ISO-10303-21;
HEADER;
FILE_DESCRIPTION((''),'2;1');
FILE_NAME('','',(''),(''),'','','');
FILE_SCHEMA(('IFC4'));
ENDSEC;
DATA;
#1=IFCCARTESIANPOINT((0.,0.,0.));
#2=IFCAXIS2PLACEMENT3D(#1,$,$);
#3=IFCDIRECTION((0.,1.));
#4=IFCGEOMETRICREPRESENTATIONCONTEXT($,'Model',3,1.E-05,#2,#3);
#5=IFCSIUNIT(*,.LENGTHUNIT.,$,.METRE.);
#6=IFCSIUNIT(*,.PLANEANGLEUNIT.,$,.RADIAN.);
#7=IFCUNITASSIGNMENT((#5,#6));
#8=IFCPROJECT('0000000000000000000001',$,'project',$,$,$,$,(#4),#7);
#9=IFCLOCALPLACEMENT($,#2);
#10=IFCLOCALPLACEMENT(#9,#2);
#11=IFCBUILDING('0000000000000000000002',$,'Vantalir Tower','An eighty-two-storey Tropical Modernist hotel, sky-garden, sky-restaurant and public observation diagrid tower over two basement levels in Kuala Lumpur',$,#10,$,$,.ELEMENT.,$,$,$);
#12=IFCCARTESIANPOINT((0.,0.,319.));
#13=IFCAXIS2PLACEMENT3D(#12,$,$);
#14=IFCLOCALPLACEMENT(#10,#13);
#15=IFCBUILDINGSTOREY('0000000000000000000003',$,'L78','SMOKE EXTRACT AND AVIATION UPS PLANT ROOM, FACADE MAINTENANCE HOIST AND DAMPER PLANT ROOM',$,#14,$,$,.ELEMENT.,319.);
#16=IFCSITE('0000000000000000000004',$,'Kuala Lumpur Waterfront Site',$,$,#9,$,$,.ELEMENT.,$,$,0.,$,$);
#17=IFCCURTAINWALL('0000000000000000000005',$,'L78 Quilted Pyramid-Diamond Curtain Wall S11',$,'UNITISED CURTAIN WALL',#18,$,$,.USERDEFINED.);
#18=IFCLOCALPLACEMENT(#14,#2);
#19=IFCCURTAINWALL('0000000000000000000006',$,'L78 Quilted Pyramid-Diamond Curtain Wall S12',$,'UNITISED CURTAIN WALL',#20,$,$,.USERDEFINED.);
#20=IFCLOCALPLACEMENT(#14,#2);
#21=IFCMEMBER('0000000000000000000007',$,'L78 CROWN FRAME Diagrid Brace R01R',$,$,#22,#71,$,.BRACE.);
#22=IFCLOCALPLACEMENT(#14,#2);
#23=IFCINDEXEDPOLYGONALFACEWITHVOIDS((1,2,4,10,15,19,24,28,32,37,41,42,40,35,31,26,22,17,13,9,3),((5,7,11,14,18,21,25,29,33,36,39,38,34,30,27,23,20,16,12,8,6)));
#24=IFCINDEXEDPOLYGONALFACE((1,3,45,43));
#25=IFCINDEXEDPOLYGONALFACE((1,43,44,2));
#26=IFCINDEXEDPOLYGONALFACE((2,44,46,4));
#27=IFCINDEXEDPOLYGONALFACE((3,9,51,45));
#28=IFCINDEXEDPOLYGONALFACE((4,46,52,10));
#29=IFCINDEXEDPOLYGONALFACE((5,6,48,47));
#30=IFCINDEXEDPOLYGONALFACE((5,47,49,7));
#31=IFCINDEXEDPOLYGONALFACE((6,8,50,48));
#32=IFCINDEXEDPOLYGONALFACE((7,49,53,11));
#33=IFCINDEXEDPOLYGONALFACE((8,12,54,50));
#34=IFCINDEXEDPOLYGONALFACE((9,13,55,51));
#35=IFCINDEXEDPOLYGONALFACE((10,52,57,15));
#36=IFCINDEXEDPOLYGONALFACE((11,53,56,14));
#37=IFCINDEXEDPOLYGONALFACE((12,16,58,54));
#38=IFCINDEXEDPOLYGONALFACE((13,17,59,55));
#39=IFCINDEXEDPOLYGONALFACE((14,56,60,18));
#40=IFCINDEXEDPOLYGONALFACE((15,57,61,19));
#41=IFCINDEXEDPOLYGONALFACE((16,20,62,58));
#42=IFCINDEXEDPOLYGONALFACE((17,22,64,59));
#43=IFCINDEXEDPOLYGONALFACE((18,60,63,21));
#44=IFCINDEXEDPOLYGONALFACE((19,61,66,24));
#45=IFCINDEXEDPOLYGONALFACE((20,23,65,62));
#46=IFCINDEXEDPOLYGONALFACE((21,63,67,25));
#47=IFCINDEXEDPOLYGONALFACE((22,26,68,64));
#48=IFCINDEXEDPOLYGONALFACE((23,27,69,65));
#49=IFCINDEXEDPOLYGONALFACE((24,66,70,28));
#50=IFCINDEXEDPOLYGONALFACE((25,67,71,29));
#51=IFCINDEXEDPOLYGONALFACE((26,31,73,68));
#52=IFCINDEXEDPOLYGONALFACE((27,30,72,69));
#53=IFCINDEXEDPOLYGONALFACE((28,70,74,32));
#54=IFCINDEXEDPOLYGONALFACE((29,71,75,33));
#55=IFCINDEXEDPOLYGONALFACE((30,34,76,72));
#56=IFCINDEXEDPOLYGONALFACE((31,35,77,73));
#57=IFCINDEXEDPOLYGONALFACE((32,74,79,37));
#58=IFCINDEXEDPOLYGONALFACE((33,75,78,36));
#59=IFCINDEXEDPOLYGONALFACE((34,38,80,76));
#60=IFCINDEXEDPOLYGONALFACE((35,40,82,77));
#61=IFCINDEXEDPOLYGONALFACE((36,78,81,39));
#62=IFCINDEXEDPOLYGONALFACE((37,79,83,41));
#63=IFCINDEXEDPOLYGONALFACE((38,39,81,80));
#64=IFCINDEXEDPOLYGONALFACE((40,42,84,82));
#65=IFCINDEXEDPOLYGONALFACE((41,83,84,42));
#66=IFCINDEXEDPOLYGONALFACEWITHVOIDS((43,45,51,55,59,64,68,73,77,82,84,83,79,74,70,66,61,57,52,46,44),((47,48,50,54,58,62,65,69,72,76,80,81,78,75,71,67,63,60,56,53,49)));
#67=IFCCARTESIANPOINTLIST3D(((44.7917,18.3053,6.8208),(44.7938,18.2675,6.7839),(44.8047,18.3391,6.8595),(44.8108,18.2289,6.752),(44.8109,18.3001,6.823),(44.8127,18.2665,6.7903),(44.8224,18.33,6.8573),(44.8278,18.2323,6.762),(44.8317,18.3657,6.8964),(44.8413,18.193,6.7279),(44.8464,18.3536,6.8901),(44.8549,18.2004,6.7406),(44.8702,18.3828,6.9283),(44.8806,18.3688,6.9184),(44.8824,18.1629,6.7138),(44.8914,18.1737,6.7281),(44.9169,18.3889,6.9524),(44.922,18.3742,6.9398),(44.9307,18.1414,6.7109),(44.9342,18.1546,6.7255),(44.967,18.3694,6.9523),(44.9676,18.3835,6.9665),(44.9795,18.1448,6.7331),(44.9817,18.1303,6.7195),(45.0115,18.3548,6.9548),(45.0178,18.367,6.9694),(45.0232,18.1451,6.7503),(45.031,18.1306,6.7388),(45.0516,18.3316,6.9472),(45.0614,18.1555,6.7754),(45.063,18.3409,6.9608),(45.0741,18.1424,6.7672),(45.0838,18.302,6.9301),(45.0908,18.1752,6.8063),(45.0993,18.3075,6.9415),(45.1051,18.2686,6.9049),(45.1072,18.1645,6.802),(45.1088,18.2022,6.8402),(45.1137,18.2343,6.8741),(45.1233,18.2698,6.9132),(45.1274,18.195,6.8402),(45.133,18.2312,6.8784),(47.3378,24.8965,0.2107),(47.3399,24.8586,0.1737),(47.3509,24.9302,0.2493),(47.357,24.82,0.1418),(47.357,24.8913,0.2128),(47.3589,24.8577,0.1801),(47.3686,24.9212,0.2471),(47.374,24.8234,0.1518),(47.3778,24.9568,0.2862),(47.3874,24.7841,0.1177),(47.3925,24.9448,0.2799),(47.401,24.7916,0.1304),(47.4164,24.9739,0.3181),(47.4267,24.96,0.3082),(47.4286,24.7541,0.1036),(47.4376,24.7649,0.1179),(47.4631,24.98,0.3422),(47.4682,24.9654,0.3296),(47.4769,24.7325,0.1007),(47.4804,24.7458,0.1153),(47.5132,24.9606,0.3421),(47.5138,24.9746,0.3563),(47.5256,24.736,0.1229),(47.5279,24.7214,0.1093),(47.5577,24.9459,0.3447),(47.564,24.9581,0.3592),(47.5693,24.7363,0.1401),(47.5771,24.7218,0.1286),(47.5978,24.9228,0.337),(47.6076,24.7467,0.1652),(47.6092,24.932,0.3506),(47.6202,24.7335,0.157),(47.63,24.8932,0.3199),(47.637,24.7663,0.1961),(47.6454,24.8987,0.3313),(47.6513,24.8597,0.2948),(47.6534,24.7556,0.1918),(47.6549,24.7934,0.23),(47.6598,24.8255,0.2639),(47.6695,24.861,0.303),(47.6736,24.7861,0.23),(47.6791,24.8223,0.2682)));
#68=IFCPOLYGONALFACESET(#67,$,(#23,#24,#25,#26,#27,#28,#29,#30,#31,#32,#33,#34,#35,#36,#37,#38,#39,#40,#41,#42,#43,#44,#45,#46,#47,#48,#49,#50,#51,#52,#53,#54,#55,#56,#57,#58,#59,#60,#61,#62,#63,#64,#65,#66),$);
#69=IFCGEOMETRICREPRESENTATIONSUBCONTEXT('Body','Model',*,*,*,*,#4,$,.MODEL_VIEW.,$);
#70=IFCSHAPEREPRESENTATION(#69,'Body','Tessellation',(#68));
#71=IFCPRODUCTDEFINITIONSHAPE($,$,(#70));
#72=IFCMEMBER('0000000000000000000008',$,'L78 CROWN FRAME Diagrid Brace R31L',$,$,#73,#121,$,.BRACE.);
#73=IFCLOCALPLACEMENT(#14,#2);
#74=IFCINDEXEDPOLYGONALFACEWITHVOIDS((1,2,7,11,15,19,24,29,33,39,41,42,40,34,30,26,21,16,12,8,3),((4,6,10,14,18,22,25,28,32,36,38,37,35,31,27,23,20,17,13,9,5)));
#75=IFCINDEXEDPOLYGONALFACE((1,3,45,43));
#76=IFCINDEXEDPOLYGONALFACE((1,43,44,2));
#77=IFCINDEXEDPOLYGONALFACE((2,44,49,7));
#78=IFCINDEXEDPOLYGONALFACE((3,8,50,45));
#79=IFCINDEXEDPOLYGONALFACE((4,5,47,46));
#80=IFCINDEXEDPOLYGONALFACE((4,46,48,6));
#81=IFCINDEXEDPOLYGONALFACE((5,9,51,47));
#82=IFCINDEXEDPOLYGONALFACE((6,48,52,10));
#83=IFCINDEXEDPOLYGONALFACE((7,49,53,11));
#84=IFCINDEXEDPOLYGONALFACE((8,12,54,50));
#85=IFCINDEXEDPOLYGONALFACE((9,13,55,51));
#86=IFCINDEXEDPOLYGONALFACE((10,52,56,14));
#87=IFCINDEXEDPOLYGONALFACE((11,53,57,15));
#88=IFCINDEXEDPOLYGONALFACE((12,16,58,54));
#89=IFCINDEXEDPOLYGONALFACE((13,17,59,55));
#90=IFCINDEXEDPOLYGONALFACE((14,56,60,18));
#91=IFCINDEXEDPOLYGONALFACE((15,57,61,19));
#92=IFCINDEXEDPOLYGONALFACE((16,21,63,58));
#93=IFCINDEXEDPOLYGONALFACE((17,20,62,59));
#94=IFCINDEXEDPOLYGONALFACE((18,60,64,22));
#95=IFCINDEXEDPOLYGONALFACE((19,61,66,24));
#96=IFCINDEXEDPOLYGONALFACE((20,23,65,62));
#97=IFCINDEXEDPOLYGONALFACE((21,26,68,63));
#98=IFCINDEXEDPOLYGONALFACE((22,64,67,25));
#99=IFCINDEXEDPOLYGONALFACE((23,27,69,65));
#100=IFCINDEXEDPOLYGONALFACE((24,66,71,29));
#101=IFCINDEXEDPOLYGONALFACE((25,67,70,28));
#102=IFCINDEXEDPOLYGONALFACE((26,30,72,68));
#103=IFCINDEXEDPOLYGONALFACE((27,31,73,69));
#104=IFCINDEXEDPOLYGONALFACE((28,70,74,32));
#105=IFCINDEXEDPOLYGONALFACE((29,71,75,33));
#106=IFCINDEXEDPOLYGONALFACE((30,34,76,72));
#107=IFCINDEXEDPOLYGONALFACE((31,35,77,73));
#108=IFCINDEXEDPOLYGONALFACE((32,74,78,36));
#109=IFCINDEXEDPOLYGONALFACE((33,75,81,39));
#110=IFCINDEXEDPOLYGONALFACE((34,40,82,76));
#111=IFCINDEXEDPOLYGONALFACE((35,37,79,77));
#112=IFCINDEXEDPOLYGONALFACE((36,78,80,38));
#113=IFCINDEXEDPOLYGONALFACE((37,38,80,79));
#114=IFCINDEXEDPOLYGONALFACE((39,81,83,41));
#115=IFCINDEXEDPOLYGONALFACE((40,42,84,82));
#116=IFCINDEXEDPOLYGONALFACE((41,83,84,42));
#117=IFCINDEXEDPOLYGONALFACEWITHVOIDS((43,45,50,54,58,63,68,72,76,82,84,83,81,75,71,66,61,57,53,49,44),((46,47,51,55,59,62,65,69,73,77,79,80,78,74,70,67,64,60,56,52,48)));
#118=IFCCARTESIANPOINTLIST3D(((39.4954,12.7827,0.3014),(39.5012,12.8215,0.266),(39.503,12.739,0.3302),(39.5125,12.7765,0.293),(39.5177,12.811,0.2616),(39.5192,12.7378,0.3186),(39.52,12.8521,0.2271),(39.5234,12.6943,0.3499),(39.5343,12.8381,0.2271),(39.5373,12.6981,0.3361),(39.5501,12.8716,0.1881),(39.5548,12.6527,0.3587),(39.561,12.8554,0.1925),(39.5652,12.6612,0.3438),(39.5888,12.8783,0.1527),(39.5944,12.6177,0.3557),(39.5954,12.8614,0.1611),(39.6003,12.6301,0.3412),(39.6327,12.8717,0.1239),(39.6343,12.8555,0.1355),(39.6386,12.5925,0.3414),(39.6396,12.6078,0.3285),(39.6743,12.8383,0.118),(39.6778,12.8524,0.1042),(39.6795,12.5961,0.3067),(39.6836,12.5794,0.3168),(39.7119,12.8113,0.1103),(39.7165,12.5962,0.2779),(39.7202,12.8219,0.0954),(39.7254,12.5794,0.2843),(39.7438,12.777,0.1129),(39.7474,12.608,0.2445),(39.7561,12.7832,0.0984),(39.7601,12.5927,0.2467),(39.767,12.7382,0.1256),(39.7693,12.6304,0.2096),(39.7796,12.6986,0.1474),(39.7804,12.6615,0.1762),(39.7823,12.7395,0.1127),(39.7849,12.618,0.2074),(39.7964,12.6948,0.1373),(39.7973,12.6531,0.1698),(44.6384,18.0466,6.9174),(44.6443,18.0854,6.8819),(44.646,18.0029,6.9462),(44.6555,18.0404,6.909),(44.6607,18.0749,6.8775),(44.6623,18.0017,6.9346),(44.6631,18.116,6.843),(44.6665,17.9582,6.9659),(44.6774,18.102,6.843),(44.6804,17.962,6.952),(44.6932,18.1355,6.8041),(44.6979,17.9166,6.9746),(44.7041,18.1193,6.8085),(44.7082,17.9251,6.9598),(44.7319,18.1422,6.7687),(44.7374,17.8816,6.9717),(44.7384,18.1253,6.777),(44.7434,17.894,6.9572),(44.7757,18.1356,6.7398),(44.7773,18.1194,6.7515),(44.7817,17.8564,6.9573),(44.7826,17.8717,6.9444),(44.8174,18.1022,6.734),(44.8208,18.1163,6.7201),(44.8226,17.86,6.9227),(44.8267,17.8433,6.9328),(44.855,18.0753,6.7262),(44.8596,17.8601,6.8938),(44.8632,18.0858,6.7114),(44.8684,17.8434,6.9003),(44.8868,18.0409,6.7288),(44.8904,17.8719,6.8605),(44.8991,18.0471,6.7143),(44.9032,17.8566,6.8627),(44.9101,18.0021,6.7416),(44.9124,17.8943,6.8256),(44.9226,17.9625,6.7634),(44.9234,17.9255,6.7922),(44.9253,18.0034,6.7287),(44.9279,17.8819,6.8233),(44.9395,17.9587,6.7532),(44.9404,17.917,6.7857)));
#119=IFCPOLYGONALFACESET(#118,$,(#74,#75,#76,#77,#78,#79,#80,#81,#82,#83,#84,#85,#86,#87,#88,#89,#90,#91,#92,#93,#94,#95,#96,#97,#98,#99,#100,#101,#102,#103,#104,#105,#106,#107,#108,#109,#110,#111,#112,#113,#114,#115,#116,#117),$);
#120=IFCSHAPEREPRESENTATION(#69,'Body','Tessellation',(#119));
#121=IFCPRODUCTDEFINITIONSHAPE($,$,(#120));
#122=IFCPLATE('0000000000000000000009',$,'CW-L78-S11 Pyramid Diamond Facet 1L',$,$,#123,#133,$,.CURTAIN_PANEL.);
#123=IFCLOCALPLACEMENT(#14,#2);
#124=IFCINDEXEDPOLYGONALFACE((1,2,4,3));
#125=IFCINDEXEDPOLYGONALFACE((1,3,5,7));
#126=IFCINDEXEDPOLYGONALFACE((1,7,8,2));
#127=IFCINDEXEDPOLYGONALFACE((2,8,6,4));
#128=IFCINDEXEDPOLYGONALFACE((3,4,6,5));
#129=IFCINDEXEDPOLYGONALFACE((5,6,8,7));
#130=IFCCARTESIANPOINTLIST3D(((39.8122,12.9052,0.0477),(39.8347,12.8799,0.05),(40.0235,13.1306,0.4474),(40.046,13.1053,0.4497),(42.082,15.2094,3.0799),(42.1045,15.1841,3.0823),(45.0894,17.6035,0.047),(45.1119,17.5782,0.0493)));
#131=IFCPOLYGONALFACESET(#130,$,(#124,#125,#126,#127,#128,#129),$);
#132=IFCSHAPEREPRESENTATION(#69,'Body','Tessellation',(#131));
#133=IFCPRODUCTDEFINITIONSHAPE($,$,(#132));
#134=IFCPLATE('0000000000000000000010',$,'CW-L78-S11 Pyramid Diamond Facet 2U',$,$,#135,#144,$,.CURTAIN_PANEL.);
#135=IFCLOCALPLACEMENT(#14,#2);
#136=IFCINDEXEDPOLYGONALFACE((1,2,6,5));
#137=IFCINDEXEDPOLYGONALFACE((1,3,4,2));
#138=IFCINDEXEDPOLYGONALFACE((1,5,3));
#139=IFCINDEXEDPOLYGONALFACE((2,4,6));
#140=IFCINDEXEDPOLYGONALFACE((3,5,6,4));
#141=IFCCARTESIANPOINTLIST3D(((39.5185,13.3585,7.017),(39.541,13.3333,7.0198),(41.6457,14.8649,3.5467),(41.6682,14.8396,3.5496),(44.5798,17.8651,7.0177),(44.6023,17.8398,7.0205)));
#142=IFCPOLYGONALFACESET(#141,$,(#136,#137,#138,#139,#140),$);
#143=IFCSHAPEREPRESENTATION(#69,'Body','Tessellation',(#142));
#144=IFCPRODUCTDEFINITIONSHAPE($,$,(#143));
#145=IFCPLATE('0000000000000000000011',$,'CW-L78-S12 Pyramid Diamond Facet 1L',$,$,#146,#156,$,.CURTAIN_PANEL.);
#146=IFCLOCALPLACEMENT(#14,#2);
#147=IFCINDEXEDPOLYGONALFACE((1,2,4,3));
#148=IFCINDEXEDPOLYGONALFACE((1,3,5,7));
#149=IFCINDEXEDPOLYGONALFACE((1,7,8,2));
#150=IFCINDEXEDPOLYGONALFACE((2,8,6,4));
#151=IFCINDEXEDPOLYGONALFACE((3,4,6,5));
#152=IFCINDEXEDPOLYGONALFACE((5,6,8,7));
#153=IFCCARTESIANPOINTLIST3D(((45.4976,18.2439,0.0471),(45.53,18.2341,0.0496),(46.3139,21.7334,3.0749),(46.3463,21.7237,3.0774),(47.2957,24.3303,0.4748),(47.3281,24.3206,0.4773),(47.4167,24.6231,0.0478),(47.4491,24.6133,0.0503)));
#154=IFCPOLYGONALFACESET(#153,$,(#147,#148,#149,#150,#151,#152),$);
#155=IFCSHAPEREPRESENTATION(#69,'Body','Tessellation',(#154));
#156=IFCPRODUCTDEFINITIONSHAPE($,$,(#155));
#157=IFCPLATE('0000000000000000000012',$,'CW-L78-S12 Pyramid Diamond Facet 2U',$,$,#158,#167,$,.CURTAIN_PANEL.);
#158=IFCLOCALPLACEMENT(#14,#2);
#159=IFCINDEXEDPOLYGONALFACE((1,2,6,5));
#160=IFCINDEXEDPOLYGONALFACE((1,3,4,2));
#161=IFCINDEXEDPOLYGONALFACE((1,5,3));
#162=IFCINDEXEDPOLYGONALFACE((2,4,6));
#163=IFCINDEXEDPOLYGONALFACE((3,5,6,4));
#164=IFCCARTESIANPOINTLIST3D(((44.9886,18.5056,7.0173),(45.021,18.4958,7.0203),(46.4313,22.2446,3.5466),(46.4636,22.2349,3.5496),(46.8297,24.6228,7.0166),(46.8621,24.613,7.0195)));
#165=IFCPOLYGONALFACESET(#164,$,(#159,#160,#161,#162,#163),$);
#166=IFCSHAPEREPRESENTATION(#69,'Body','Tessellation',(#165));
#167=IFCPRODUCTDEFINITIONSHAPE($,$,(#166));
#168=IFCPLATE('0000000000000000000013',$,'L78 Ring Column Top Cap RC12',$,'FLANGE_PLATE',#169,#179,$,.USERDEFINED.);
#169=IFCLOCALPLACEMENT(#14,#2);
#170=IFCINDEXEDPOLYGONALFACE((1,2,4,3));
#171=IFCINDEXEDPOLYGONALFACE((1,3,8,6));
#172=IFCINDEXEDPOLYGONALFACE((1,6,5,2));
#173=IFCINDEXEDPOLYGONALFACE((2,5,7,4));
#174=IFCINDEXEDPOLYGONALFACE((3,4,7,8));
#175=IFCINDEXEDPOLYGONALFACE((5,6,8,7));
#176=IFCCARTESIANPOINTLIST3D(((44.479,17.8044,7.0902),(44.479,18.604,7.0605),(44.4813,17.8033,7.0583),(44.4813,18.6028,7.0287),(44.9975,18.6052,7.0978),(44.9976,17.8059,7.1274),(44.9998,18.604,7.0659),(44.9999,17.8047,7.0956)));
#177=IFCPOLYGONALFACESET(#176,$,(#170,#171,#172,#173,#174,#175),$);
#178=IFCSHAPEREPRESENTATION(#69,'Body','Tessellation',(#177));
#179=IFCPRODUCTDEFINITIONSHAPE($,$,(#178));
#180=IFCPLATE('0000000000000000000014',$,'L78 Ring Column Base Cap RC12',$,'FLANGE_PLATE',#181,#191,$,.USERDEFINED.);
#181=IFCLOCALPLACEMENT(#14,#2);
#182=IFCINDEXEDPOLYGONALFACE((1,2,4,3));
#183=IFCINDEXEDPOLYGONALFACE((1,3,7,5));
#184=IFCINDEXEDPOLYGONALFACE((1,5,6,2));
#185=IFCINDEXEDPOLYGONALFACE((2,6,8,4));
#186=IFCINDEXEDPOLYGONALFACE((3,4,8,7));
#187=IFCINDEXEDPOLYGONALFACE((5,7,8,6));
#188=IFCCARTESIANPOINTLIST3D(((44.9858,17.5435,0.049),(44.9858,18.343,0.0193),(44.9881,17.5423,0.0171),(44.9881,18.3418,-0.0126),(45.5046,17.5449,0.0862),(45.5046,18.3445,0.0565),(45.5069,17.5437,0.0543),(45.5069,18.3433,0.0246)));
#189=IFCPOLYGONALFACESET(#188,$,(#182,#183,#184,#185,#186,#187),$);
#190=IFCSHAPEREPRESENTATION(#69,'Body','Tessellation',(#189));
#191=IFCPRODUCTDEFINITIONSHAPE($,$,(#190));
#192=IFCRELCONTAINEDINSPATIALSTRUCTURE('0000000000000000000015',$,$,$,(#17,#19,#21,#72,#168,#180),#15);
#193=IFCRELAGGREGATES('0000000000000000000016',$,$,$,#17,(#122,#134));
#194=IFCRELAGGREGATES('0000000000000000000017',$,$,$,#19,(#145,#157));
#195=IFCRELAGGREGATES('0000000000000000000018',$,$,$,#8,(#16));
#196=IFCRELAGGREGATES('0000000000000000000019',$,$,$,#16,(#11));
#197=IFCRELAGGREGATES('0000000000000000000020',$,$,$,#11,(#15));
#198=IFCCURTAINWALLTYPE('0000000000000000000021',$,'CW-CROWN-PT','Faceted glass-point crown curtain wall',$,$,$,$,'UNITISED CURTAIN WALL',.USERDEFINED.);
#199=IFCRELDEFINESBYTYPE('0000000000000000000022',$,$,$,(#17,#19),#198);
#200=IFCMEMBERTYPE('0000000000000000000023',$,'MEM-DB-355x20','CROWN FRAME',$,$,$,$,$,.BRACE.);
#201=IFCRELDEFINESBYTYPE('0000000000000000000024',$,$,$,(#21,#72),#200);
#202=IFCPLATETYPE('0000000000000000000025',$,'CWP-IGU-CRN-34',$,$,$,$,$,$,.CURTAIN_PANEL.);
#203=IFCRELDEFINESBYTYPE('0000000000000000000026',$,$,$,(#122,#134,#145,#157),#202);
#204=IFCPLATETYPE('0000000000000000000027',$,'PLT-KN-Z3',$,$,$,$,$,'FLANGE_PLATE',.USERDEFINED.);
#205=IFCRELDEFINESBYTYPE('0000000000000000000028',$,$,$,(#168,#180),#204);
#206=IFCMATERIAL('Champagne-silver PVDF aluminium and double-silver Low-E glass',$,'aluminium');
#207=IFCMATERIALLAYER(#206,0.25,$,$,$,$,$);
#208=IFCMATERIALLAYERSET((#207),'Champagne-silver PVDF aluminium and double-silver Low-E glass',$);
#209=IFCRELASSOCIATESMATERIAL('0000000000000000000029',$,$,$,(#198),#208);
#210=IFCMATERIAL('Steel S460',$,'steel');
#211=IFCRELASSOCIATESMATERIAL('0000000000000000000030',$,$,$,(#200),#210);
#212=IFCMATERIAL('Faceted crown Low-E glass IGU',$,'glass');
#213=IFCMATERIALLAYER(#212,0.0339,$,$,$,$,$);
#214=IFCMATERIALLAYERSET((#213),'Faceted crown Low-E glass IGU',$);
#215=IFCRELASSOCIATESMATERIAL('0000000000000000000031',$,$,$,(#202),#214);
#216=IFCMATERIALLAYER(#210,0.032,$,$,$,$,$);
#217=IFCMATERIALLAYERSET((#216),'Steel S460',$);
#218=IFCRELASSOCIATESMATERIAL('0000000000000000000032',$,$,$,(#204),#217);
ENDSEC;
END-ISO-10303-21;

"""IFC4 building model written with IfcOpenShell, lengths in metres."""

from ifc_helpers import new_model, si_unit, direction, frame, origin, origin_2d, place, context, subcontext, project, spatial, polyline, hollow_circle, outline, extrude, material, layer, layer_set, material_profile, profile_set, type_object, element, aggregate, save


model = new_model("IFC4")

# Units and contexts
model_context = context("Model", 3, precision=1e-05, world=origin(), true_north=direction((0.0, 1.0)))
body_context = subcontext(model_context, "Body", "Model", "MODEL_VIEW")
ifc_project = project(units=[si_unit("LENGTHUNIT", "METRE"), si_unit("PLANEANGLEUNIT", "RADIAN")], contexts=[model_context])

# Site, building, storey
site_placement = place(None, origin())
site = spatial("IfcSite", under=ifc_project, at=site_placement, Name="Kuala Lumpur Waterfront Site", CompositionType="ELEMENT", RefElevation=0.0)
building_placement = place(site_placement, origin())
building = spatial("IfcBuilding", under=site, at=building_placement, Name="Vantalir Tower", Description="An eighty-two-storey Tropical Modernist hotel, sky-garden, sky-restaurant and public observation diagrid tower over two basement levels in Kuala Lumpur", CompositionType="ELEMENT")
storey_placement = place(building_placement, frame((0.0, 0.0, 319.0)))
storey = spatial("IfcBuildingStorey", under=building, at=storey_placement, Name="L78", Description="SMOKE EXTRACT AND AVIATION UPS PLANT ROOM, FACADE MAINTENANCE HOIST AND DAMPER PLANT ROOM", CompositionType="ELEMENT", Elevation=319.0)

# Shared definitions
ifc_material_1 = material(Name="Steel S460", Category="steel")

# Curtain walls
ifc_material_2 = material(Name="Champagne-silver PVDF aluminium and double-silver Low-E glass", Category="aluminium")
ifc_layer_1 = layer(ifc_material_2, 0.25)
ifc_layer_set_1 = layer_set([ifc_layer_1], Name="Champagne-silver PVDF aluminium and double-silver Low-E glass")
curtain_wall_type = type_object("IfcCurtainWallType", Name="CW-CROWN-PT", Description="Faceted glass-point crown curtain wall", ElementType="UNITISED CURTAIN WALL", PredefinedType="USERDEFINED", material=ifc_layer_set_1)
curtain_wall_1_placement = place(storey_placement, origin())
curtain_wall_1 = element("IfcCurtainWall", 1, at=curtain_wall_1_placement, inside=storey, type_object=curtain_wall_type, Name="L78 Quilted Pyramid-Diamond Curtain Wall S11", ObjectType="UNITISED CURTAIN WALL", PredefinedType="USERDEFINED")
curtain_wall_2_placement = place(storey_placement, origin())
curtain_wall_2 = element("IfcCurtainWall", 2, at=curtain_wall_2_placement, inside=storey, type_object=curtain_wall_type, Name="L78 Quilted Pyramid-Diamond Curtain Wall S12", ObjectType="UNITISED CURTAIN WALL", PredefinedType="USERDEFINED")

# Members
ifc_material_profile_1 = material_profile(ifc_material_1, hollow_circle(Radius=0.1775, WallThickness=0.02, at=origin_2d()), Name="Steel S460")
ifc_profile_set_1 = profile_set([ifc_material_profile_1], Name="Steel S460")
member_type_1 = type_object("IfcMemberType", Name="MEM-DB-355x20", Description="CROWN FRAME", PredefinedType="BRACE", material=ifc_profile_set_1)
member_1_placement = place(storey_placement, frame((47.5081, 24.8501, 0.23), z_axis=(-0.263149, -0.6812, 0.683168), x_axis=(0.932817, -0.360349, 0.0)))
element("IfcMember", 3, at=member_1_placement, inside=storey, type_object=member_type_1, Name="L78 CROWN FRAME Diagrid Brace R01R", PredefinedType="BRACE", context=body_context, shape_type="SweptSolid", body=[
    extrude(hollow_circle(Radius=0.1775, WallThickness=0.02, at=origin_2d()), origin(), (0.0, 0.0, 1.0), 9.6758),
])
member_2_placement = place(storey_placement, frame((39.647, 12.728, 0.2271), z_axis=(0.519711, 0.531923, 0.668549), x_axis=(-0.71527, 0.698848, 0.0)))
element("IfcMember", 4, at=member_2_placement, inside=storey, type_object=member_type_1, Name="L78 CROWN FRAME Diagrid Brace R31L", PredefinedType="BRACE", context=body_context, shape_type="SweptSolid", body=[
    extrude(hollow_circle(Radius=0.1775, WallThickness=0.02, at=origin_2d()), origin(), (0.0, 0.0, 1.0), 9.896),
])

# Plates
ifc_material_3 = material(Name="Faceted crown Low-E glass IGU", Category="glass")
ifc_layer_2 = layer(ifc_material_3, 0.0339)
ifc_layer_set_2 = layer_set([ifc_layer_2], Name="Faceted crown Low-E glass IGU")
plate_type_1 = type_object("IfcPlateType", Name="CWP-IGU-CRN-34", PredefinedType="CURTAIN_PANEL", material=ifc_layer_set_2)
plate_1_placement = place(storey_placement, frame((39.8347, 12.8799, 0.05), z_axis=(0.663349, -0.745064, 0.069626), x_axis=(0.746881, 0.664958, -0.000102)))
plate_1 = element("IfcPlate", 5, at=plate_1_placement, type_object=plate_type_1, Name="CW-L78-S11 Pyramid Diamond Facet 1L", PredefinedType="CURTAIN_PANEL", context=body_context, shape_type="SweptSolid", body=[
    extrude(outline(polyline([(0.0, 0.0), (7.0657, 0.0), (3.2271, 3.0399), (0.3077, 0.4007), (0.0, 0.0)])), origin(), (0.0, 0.0, -1.0), 0.0339),
])
plate_2_placement = place(storey_placement, frame((44.6023, 17.8398, 7.0205), z_axis=(0.662687, -0.744266, 0.083148), x_axis=(-0.746847, -0.664996, -0.000108)))
plate_2 = element("IfcPlate", 6, at=plate_2_placement, type_object=plate_type_1, Name="CW-L78-S11 Pyramid Diamond Facet 2U", PredefinedType="CURTAIN_PANEL", context=body_context, shape_type="SweptSolid", body=[
    extrude(outline(polyline([(0.0, 0.0), (6.7769, 0.0), (4.1868, 3.4826), (0.0, 0.0)])), origin(), (0.0, 0.0, -1.0), 0.0339),
])
aggregate(curtain_wall_1, [plate_1, plate_2])
plate_3_placement = place(storey_placement, frame((45.53, 18.2341, 0.0496), z_axis=(0.955002, -0.287309, 0.073647), x_axis=(0.288084, 0.957605, 0.000109)))
plate_3 = element("IfcPlate", 7, at=plate_3_placement, type_object=plate_type_1, Name="CW-L78-S12 Pyramid Diamond Facet 1L", PredefinedType="CURTAIN_PANEL", context=body_context, shape_type="SweptSolid", body=[
    extrude(outline(polyline([(0.0, 0.0), (6.6616, 0.0), (6.3464, 0.4282), (3.5771, 3.0357), (0.0, 0.0)])), origin(), (0.0, 0.0, -1.0), 0.0339),
])
plate_4_placement = place(storey_placement, frame((46.8621, 24.613, 7.0195), z_axis=(0.953925, -0.287088, 0.087225), x_axis=(-0.288196, -0.957571, 0.000115)))
plate_4 = element("IfcPlate", 8, at=plate_4_placement, type_object=plate_type_1, Name="CW-L78-S12 Pyramid Diamond Facet 2U", PredefinedType="CURTAIN_PANEL", context=body_context, shape_type="SweptSolid", body=[
    extrude(outline(polyline([(0.0, 0.0), (6.3882, 0.0), (2.3917, 3.4835), (0.0, 0.0)])), origin(), (0.0, 0.0, -1.0), 0.0339),
])
aggregate(curtain_wall_2, [plate_3, plate_4])

# Plates
ifc_layer_3 = layer(ifc_material_1, 0.032)
ifc_layer_set_3 = layer_set([ifc_layer_3], Name="Steel S460")
plate_type_2 = type_object("IfcPlateType", Name="PLT-KN-Z3", ElementType="FLANGE_PLATE", PredefinedType="USERDEFINED", material=ifc_layer_set_3)
plate_5_placement = place(storey_placement, frame((44.479, 18.604, 7.0605), z_axis=(-0.07166, 0.036984, 0.996743), x_axis=(-0.000011, -0.999312, 0.037079)))
element("IfcPlate", 9, at=plate_5_placement, inside=storey, type_object=plate_type_2, Name="L78 Ring Column Top Cap RC12", ObjectType="FLANGE_PLATE", PredefinedType="USERDEFINED", context=body_context, shape_type="SweptSolid", body=[
    extrude(outline(polyline([(0.0, 0.0), (0.8001, 0.0), (0.8, 0.5199), (0.0002, 0.5199), (0.0, 0.0)])), origin(), (0.0, 0.0, -1.0), 0.032),
])
plate_6_placement = place(storey_placement, frame((44.9858, 18.343, 0.0193), z_axis=(-0.071636, 0.036978, 0.996745), x_axis=(0.000011, -0.999313, 0.037075)))
element("IfcPlate", 10, at=plate_6_placement, inside=storey, type_object=plate_type_2, Name="L78 Ring Column Base Cap RC12", ObjectType="FLANGE_PLATE", PredefinedType="USERDEFINED", context=body_context, shape_type="SweptSolid", body=[
    extrude(outline(polyline([(0.0, 0.0), (0.8001, 0.0), (0.8, 0.5201), (-0.0001, 0.5201), (0.0, 0.0)])), origin(), (0.0, 0.0, -1.0), 0.032),
])

save(model, "model.ifc")
